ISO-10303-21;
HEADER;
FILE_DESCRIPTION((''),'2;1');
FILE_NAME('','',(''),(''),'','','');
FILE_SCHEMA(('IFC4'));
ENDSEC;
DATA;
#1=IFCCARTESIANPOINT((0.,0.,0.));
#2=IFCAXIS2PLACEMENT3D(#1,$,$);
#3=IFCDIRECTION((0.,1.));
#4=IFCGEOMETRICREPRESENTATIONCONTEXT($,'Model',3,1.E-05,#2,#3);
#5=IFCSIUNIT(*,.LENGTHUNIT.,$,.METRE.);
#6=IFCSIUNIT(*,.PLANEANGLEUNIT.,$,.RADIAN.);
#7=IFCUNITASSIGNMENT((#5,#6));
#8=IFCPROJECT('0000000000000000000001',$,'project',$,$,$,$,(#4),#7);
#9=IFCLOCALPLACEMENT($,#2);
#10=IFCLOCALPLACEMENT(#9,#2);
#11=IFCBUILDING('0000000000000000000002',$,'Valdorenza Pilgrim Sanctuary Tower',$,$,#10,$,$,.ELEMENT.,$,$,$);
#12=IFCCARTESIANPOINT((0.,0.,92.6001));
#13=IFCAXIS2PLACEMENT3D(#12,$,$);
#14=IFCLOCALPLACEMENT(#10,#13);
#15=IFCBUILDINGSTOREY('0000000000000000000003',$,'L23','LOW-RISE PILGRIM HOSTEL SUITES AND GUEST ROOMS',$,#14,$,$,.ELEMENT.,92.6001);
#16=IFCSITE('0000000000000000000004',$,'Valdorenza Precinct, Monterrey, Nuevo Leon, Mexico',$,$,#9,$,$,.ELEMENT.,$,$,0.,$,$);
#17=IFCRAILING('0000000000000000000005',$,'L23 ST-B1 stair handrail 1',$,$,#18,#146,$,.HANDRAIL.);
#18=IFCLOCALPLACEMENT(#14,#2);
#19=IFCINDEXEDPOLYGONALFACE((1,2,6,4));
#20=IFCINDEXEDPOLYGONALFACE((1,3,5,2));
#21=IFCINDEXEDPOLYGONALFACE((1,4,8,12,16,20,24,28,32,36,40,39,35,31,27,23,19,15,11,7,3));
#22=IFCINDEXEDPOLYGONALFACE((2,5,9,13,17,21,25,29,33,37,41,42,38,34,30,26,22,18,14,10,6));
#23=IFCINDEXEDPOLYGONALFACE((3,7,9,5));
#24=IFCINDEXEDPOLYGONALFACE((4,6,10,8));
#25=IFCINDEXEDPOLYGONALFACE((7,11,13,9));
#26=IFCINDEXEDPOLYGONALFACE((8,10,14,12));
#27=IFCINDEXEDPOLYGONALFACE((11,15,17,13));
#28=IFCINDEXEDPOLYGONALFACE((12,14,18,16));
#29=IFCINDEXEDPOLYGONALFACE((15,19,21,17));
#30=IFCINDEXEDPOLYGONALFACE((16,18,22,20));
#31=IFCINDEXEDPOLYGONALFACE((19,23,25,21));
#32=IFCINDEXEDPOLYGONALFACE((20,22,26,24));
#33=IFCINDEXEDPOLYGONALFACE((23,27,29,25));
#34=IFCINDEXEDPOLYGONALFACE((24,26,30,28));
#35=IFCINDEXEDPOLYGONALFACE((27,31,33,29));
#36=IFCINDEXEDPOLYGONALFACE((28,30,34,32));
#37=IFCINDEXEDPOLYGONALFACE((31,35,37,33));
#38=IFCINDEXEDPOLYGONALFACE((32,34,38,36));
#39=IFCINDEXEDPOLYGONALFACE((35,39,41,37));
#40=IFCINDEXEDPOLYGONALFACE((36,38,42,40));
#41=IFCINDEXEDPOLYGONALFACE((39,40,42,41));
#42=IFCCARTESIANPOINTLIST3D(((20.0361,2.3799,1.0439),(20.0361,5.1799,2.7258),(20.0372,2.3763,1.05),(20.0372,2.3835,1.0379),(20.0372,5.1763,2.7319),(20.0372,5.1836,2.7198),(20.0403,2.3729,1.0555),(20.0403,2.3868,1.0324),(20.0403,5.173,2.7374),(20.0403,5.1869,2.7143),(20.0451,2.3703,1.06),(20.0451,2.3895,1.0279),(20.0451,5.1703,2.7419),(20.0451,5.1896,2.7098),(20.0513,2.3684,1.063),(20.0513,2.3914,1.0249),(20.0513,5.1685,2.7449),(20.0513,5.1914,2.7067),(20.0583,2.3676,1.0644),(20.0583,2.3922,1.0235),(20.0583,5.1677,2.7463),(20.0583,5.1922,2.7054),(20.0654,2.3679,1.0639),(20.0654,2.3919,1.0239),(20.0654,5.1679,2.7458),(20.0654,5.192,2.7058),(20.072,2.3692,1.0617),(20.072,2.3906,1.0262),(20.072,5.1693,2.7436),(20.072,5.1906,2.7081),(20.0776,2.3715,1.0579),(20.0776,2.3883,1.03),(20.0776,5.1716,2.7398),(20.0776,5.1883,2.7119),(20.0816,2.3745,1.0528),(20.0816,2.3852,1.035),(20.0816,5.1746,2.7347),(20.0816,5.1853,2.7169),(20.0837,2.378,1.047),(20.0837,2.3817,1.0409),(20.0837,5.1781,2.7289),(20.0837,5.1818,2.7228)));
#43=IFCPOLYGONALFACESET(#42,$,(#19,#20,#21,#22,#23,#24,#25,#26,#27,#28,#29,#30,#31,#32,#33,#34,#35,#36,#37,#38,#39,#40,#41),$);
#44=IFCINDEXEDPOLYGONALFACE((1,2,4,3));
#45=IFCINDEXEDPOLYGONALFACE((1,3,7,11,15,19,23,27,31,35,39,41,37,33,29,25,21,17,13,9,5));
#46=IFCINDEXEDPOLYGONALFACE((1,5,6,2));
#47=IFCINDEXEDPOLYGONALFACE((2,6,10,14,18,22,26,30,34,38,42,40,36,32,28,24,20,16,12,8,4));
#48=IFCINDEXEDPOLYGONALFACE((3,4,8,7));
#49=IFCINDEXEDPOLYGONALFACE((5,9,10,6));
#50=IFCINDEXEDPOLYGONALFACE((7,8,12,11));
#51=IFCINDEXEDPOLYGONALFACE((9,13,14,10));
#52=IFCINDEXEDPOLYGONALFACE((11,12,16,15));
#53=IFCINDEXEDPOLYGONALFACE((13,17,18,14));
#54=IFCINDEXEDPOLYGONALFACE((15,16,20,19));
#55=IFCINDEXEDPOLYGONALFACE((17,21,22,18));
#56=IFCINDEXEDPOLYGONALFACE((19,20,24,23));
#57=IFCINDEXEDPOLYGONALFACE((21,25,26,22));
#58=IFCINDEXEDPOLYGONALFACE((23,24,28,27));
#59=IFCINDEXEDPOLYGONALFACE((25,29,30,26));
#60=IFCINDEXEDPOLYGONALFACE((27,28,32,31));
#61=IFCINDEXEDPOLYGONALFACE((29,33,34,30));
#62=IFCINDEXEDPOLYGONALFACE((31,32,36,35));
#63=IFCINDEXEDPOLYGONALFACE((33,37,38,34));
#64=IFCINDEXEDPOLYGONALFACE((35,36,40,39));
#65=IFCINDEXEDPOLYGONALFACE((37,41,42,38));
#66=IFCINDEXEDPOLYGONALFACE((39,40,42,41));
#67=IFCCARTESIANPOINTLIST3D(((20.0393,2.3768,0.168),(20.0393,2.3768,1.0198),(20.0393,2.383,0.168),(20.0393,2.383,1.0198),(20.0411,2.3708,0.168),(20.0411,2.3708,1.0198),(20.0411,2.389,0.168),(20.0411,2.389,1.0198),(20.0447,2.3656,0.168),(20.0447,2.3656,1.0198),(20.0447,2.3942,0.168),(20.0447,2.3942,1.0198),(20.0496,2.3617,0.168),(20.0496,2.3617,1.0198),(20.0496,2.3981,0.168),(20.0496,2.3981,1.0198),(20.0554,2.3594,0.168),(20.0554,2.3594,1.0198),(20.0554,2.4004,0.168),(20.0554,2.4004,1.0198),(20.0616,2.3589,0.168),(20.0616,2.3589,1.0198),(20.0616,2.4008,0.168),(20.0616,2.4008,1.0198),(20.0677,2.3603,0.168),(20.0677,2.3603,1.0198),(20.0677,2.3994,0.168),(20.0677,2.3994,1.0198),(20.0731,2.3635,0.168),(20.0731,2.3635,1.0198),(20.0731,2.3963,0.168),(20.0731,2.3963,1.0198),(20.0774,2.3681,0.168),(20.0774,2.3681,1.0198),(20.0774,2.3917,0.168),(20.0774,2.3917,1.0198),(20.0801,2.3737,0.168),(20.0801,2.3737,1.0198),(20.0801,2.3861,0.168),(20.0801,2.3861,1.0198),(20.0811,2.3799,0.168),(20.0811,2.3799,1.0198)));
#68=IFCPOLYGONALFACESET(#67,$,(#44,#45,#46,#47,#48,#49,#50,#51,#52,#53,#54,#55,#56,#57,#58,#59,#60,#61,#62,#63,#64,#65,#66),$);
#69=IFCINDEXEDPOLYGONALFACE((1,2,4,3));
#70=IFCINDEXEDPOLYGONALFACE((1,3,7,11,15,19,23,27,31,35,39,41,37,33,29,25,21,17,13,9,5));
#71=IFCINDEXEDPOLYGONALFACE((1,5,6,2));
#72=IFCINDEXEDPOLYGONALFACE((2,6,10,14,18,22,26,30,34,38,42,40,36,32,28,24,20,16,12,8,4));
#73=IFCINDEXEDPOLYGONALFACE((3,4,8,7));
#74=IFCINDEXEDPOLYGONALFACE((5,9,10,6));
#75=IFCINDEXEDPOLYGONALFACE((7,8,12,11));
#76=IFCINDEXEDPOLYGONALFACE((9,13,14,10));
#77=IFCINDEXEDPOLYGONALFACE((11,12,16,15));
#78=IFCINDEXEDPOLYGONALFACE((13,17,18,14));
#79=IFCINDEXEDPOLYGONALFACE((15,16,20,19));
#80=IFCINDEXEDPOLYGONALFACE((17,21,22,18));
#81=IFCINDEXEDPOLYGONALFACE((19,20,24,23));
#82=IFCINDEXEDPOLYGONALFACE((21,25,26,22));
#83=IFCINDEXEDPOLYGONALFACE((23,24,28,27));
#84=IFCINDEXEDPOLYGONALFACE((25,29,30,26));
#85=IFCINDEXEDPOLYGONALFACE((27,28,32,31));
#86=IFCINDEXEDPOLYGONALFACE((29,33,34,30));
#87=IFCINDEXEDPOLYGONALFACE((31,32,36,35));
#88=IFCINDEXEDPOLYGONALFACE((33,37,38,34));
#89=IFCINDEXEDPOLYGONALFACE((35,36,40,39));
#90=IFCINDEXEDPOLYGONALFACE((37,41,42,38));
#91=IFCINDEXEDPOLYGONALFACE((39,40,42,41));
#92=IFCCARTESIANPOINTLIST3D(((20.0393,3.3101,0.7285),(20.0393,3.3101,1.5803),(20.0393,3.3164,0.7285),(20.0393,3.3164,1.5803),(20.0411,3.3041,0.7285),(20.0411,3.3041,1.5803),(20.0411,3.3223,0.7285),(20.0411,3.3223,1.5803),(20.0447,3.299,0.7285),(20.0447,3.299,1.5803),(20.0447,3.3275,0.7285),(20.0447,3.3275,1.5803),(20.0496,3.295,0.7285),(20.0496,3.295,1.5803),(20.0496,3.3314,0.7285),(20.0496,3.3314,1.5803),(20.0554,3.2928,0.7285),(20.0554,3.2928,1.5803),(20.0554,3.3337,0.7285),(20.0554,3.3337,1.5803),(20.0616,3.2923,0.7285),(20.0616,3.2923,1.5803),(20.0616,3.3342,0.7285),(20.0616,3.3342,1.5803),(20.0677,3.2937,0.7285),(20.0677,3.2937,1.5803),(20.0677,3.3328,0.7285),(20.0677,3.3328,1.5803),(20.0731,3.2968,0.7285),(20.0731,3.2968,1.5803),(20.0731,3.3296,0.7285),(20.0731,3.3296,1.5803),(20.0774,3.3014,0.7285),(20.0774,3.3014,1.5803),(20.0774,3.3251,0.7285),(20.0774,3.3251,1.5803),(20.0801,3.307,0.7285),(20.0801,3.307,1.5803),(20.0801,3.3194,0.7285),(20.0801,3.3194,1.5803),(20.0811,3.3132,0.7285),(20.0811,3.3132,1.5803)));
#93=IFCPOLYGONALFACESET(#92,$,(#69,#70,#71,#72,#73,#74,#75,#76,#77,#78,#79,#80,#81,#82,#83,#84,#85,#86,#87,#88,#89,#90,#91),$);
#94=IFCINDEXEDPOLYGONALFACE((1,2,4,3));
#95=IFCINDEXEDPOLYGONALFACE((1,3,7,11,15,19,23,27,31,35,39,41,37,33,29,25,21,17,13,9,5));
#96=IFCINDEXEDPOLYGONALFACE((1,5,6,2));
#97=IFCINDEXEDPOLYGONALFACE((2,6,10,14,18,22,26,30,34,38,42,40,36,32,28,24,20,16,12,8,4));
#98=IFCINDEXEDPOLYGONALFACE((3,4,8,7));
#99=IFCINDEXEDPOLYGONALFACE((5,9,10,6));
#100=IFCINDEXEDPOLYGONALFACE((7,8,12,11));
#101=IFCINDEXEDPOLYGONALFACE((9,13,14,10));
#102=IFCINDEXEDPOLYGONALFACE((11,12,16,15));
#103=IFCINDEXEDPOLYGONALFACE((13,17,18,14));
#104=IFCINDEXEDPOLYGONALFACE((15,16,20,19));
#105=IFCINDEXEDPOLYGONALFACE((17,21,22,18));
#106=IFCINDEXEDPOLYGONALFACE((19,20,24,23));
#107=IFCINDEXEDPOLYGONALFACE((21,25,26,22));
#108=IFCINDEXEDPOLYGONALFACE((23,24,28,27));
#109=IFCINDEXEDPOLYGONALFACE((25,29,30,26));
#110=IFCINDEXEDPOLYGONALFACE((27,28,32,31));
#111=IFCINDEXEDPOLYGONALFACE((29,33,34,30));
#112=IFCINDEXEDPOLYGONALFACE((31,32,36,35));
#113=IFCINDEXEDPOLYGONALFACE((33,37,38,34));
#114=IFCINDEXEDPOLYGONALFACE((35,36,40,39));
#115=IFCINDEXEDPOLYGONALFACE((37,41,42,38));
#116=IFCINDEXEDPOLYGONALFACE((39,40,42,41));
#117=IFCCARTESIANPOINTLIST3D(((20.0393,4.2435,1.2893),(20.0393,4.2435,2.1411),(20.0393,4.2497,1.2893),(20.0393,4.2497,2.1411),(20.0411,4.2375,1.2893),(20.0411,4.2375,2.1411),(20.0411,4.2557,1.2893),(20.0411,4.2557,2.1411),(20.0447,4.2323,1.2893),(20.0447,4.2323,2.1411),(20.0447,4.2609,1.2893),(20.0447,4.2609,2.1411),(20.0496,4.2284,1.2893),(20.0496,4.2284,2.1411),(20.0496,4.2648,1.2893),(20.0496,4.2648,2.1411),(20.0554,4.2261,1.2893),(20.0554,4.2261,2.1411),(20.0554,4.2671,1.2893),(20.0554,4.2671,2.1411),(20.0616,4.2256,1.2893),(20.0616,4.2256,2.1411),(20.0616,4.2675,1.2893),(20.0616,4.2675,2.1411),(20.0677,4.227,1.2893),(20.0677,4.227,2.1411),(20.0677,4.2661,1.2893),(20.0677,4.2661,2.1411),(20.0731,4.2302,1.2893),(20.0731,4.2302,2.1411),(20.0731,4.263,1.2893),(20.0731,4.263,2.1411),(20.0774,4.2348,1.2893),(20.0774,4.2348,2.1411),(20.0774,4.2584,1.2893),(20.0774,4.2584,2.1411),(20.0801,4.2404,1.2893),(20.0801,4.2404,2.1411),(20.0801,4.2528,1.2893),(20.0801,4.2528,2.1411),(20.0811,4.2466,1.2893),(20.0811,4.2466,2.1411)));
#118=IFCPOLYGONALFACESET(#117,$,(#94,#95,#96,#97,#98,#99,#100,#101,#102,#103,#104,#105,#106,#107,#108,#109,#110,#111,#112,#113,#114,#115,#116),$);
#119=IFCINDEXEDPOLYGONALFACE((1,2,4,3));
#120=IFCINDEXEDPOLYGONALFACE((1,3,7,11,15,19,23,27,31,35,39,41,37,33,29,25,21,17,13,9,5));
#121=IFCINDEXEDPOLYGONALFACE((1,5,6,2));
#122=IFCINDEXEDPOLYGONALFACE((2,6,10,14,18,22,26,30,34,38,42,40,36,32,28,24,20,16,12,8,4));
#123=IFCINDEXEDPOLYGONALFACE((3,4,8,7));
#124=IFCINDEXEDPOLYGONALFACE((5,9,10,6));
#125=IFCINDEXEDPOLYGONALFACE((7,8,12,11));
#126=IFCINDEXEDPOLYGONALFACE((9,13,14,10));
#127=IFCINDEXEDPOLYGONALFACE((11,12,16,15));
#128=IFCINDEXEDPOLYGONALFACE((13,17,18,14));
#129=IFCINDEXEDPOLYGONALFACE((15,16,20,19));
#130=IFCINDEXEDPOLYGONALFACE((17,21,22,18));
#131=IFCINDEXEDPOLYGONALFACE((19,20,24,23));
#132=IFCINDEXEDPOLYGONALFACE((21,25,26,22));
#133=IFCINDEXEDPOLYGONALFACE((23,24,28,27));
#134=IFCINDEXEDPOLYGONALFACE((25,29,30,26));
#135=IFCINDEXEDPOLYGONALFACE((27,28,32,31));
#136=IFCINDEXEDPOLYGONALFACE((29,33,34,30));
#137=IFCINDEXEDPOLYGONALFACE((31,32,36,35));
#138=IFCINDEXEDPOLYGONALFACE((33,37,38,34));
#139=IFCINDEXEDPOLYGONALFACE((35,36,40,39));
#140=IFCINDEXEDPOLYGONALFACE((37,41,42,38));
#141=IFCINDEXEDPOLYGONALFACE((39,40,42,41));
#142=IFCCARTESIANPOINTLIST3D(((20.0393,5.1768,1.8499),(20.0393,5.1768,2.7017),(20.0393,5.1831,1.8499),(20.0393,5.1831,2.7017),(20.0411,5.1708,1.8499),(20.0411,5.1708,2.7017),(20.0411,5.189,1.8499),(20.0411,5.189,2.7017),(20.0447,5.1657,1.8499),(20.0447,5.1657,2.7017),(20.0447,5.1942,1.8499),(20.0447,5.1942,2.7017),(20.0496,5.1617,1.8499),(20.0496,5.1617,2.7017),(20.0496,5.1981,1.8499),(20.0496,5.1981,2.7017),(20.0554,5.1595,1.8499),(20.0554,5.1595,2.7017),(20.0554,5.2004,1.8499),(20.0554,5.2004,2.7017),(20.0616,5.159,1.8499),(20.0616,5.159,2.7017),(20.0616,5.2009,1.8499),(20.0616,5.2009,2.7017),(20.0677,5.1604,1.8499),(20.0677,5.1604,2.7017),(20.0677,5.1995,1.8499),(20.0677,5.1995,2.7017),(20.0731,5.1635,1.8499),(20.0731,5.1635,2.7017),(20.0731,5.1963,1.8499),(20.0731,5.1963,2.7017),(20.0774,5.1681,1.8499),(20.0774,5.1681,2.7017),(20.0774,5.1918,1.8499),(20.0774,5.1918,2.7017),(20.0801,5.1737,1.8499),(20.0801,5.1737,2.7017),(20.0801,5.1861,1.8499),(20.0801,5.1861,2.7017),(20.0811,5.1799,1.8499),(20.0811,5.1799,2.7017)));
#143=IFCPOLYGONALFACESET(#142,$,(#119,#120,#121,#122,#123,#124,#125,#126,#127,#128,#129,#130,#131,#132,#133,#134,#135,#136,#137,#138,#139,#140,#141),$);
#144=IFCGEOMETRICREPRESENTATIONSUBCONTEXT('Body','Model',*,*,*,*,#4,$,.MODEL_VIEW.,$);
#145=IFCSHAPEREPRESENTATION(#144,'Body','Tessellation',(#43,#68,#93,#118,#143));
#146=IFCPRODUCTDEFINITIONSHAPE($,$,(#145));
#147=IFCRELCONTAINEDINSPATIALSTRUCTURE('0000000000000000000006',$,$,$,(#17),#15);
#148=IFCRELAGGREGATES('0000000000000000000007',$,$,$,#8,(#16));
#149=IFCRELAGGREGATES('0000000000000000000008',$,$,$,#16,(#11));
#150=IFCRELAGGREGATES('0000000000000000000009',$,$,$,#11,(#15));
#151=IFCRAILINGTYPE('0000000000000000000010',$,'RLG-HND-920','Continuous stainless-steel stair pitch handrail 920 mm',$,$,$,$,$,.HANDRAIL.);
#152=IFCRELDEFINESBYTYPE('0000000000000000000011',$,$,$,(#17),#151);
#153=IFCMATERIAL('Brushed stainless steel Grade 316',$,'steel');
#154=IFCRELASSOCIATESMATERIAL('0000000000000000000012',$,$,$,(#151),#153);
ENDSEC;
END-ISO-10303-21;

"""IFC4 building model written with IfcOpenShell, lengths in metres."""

from ifc_helpers import new_model, si_unit, direction, frame, origin, origin_2d, place, context, subcontext, project, spatial, circle, extrude, material, type_object, element, save


model = new_model("IFC4")

# Units and contexts
model_context = context("Model", 3, precision=1e-05, world=origin(), true_north=direction((0.0, 1.0)))
body_context = subcontext(model_context, "Body", "Model", "MODEL_VIEW")
ifc_project = project(units=[si_unit("LENGTHUNIT", "METRE"), si_unit("PLANEANGLEUNIT", "RADIAN")], contexts=[model_context])

# Site, building, storey
site_placement = place(None, origin())
site = spatial("IfcSite", under=ifc_project, at=site_placement, Name="Valdorenza Precinct, Monterrey, Nuevo Leon, Mexico", CompositionType="ELEMENT", RefElevation=0.0)
building_placement = place(site_placement, origin())
building = spatial("IfcBuilding", under=site, at=building_placement, Name="Valdorenza Pilgrim Sanctuary Tower", CompositionType="ELEMENT")
storey_placement = place(building_placement, frame((0.0, 0.0, 92.6001)))
storey = spatial("IfcBuildingStorey", under=building, at=storey_placement, Name="L23", Description="LOW-RISE PILGRIM HOSTEL SUITES AND GUEST ROOMS", CompositionType="ELEMENT", Elevation=92.6001)

# Railing
ifc_material_1 = material(Name="Brushed stainless steel Grade 316", Category="steel")
railing_type_1 = type_object("IfcRailingType", Name="RLG-HND-920", Description="Continuous stainless-steel stair pitch handrail 920 mm", PredefinedType="HANDRAIL", material=ifc_material_1)
railing_1_placement = place(storey_placement, frame((20.0601, 2.3799, 0.168)))
element("IfcRailing", 1, at=railing_1_placement, inside=storey, type_object=railing_type_1, Name="L23 ST-B1 stair handrail 1", PredefinedType="HANDRAIL", context=body_context, shape_type="SweptSolid", body=[
    extrude(circle(Radius=0.0239, at=origin_2d()), frame((0.0, 0.0, 0.876), z_axis=(0.0, 0.857242, 0.514913), x_axis=(-1.0, 0.0, 0.0)), (0.0, 0.0, 1.0), 3.2664),
    extrude(circle(Radius=0.021, at=origin_2d()), origin(), (0.0, 0.0, 1.0), 0.8518),
    extrude(circle(Radius=0.021, at=origin_2d()), frame((0.0, 0.9333, 0.5605)), (0.0, 0.0, 1.0), 0.8518),
    extrude(circle(Radius=0.021, at=origin_2d()), frame((0.0, 1.8667, 1.1213)), (0.0, 0.0, 1.0), 0.8518),
    extrude(circle(Radius=0.021, at=origin_2d()), frame((0.0, 2.8, 1.6819)), (0.0, 0.0, 1.0), 0.8518),
])

save(model, "model.ifc")
